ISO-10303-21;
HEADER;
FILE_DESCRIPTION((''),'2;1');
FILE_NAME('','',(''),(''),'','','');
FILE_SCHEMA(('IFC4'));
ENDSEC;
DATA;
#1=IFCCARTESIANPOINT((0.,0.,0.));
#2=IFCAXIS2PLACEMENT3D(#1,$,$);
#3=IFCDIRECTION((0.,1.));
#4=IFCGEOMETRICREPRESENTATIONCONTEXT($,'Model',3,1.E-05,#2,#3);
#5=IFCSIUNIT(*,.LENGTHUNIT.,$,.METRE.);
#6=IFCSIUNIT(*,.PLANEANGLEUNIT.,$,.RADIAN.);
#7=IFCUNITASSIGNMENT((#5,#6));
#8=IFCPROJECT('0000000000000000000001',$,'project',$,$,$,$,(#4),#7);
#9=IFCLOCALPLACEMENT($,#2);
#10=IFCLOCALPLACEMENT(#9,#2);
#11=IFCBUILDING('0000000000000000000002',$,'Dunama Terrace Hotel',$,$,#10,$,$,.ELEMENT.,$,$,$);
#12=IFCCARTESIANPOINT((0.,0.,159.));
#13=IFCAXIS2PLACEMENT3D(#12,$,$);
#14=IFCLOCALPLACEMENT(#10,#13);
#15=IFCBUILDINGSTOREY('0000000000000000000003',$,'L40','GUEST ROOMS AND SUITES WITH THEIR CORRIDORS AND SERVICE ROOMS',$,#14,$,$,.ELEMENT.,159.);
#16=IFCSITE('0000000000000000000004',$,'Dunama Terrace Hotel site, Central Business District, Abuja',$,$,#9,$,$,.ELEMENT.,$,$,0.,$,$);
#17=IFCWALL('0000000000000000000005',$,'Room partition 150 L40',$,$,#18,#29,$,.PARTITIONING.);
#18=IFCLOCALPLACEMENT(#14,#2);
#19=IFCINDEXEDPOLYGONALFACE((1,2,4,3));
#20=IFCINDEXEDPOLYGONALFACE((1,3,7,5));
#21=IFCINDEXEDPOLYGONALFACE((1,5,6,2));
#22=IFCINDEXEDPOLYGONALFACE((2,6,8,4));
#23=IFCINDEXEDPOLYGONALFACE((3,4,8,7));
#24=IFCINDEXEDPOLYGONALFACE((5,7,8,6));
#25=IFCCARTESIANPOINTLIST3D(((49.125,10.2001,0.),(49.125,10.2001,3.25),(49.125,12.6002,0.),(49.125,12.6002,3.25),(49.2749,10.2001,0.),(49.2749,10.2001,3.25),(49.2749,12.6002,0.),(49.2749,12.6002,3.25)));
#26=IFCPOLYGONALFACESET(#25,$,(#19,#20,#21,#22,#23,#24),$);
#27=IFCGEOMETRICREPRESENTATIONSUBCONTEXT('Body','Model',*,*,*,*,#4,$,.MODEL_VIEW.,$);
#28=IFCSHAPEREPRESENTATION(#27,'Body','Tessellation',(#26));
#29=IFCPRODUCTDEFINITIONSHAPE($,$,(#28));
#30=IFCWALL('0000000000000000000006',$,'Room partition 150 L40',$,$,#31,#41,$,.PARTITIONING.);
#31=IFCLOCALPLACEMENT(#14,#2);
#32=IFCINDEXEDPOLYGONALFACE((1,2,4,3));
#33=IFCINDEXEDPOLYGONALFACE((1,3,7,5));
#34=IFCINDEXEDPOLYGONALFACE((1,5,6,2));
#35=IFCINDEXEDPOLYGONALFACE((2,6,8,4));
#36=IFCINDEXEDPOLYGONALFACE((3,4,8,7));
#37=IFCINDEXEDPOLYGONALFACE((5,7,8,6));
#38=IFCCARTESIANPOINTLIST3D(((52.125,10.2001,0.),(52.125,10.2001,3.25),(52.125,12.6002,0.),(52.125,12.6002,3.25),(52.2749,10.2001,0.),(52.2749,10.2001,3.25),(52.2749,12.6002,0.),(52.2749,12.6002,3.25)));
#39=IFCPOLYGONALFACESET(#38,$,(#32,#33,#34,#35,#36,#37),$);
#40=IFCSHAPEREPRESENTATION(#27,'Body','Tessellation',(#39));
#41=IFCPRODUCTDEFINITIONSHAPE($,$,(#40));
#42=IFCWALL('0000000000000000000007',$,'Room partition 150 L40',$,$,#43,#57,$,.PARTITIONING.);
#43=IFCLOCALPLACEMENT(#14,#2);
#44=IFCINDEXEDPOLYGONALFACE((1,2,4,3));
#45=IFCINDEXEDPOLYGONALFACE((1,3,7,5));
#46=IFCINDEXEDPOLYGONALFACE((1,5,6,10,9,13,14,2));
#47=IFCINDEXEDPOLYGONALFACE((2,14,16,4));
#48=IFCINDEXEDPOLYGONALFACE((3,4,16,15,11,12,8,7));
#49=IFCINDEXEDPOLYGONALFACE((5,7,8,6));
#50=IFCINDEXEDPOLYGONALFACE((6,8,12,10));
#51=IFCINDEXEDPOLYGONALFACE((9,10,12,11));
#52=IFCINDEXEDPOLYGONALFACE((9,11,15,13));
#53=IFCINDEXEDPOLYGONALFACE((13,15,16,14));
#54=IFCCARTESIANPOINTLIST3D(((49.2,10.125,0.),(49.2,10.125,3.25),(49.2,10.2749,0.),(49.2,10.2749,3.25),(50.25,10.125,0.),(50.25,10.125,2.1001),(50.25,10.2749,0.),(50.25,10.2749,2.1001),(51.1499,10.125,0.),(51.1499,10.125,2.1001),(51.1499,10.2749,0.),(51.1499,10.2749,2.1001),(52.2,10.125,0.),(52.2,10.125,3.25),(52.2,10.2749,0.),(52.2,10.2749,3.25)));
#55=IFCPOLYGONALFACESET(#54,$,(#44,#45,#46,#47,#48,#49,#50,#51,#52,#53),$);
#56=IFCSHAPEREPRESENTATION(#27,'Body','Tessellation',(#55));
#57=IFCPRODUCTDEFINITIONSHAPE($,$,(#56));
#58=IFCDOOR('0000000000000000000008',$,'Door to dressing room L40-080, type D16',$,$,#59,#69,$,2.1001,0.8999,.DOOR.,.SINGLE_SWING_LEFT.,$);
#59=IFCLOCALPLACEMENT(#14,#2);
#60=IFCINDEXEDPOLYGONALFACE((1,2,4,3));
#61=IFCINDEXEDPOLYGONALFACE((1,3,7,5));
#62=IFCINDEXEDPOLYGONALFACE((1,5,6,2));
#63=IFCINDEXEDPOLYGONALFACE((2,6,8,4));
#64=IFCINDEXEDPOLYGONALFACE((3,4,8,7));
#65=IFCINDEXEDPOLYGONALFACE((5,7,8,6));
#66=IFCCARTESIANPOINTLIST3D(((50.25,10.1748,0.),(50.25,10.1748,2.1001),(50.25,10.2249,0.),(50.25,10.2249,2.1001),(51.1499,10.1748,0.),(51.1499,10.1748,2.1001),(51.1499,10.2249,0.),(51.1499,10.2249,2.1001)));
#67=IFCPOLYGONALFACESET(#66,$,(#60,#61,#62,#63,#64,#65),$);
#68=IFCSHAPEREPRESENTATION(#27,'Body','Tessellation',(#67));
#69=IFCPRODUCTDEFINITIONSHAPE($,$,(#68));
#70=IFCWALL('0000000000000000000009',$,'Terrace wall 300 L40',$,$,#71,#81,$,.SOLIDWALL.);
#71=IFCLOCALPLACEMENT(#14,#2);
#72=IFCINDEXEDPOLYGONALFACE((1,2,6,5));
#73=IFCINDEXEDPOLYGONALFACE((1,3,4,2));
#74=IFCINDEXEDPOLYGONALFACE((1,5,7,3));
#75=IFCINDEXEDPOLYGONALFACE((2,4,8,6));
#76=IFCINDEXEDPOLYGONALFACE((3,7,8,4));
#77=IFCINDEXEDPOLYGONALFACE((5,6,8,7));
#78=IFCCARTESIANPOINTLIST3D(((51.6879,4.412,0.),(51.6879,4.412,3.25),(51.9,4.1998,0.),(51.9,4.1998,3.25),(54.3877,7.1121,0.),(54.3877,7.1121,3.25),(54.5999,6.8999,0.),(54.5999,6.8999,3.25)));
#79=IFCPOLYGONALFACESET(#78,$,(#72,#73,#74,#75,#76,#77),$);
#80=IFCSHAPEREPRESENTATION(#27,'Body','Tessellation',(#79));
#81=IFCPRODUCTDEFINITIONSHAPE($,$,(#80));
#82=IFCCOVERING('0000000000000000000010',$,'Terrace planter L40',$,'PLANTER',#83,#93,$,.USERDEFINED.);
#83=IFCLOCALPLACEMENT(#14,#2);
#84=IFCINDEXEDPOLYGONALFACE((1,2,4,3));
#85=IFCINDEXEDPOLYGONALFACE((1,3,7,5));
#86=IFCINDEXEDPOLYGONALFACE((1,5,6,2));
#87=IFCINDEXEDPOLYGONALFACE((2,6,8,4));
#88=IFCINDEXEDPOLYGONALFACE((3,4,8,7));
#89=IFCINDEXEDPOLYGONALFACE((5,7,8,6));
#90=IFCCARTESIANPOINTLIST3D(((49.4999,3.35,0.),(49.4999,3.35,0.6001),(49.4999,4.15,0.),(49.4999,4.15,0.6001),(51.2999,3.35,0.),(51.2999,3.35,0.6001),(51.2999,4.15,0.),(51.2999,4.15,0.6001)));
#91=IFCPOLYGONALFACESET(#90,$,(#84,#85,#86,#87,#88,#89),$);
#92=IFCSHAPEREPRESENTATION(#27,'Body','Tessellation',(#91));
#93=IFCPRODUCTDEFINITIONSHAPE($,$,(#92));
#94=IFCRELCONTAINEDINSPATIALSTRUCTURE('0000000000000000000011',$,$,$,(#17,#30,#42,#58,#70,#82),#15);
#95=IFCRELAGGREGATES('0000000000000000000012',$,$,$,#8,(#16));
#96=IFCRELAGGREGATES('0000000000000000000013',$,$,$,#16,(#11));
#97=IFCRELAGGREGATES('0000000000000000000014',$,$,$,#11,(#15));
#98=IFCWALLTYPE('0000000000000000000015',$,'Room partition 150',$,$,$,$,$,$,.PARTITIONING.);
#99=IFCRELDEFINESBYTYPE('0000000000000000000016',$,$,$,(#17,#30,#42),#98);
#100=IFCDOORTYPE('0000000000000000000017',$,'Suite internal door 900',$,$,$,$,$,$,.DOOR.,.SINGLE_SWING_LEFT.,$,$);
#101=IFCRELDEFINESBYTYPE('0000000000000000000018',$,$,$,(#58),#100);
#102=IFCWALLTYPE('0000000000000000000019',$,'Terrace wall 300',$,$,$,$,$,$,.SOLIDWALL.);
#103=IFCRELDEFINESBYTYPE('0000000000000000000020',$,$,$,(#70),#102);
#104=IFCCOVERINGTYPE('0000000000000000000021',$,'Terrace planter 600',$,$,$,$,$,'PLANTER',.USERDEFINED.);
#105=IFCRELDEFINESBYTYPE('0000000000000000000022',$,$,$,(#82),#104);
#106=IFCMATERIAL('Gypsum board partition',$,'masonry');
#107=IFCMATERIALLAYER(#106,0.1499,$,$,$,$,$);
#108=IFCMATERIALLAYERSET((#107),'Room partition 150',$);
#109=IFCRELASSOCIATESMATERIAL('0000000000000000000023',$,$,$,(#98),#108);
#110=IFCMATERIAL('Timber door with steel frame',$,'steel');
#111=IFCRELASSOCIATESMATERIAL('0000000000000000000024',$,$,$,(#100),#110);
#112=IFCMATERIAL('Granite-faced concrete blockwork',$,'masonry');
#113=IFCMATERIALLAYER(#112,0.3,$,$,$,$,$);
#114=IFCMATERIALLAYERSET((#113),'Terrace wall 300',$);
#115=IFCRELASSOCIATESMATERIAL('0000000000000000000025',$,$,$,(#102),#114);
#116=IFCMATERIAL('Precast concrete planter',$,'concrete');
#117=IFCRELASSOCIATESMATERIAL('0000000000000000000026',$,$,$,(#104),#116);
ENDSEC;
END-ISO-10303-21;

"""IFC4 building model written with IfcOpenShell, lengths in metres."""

from ifc_helpers import new_model, si_unit, direction, frame, frame_2d, origin, origin_2d, place, context, subcontext, project, spatial, rectangle, extrude, material, layer, layer_set, type_object, element, fill, save


model = new_model("IFC4")

# Units and contexts
model_context = context("Model", 3, precision=1e-05, world=origin(), true_north=direction((0.0, 1.0)))
body_context = subcontext(model_context, "Body", "Model", "MODEL_VIEW")
ifc_project = project(units=[si_unit("LENGTHUNIT", "METRE"), si_unit("PLANEANGLEUNIT", "RADIAN")], contexts=[model_context])

# Site, building, storey
site_placement = place(None, origin())
site = spatial("IfcSite", under=ifc_project, at=site_placement, Name="Dunama Terrace Hotel site, Central Business District, Abuja", CompositionType="ELEMENT", RefElevation=0.0)
building_placement = place(site_placement, origin())
building = spatial("IfcBuilding", under=site, at=building_placement, Name="Dunama Terrace Hotel", CompositionType="ELEMENT")
storey_placement = place(building_placement, frame((0.0, 0.0, 159.0)))
storey = spatial("IfcBuildingStorey", under=building, at=storey_placement, Name="L40", Description="GUEST ROOMS AND SUITES WITH THEIR CORRIDORS AND SERVICE ROOMS", CompositionType="ELEMENT", Elevation=159.0)

# Walls
ifc_material_1 = material(Name="Gypsum board partition", Category="masonry")
ifc_layer_1 = layer(ifc_material_1, 0.1499)
ifc_layer_set_1 = layer_set([ifc_layer_1], Name="Room partition 150")
wall_type_1 = type_object("IfcWallType", Name="Room partition 150", PredefinedType="PARTITIONING", material=ifc_layer_set_1)
for number, where, z_axis, x_axis, name in (
    (1, (49.2, 10.2, 0.0), (0.0, 0.0, 1.0), (0.0, 1.0, 0.0), "Room partition 150 L40"),
    (2, (52.2, 10.2, 0.0), (0.0, 0.0, 1.0), (0.0, 1.0, 0.0), "Room partition 150 L40"),
):
    element("IfcWall", number, at=place(storey_placement, frame(where, z_axis=z_axis, x_axis=x_axis)), inside=storey, type_object=wall_type_1, Name=name, PredefinedType="PARTITIONING", context=body_context, shape_type="SweptSolid", body=[
        extrude(rectangle(XDim=2.4001, YDim=0.1499, at=frame_2d((1.2002, 0.0))), origin(), (0.0, 0.0, 1.0), 3.25),
    ])

# Wall, opening, door
wall_1_placement = place(storey_placement, frame((49.2, 10.2, 0.0), z_axis=(0.0, 0.0, 1.0), x_axis=(1.0, 0.0, 0.0)))
wall_1 = element("IfcWall", 3, at=wall_1_placement, inside=storey, type_object=wall_type_1, Name="Room partition 150 L40", PredefinedType="PARTITIONING", context=body_context, shape_type="SweptSolid", body=[
    extrude(rectangle(XDim=3.0, YDim=0.1499, at=frame_2d((1.5, 0.0))), origin(), (0.0, 0.0, 1.0), 3.25),
])
opening_placement = place(wall_1_placement, frame((1.05, 0.0, 0.0)))
opening = element("IfcOpeningElement", 4, at=opening_placement, cuts=wall_1, PredefinedType="OPENING", context=body_context, shape_type="SweptSolid", body=[
    extrude(rectangle(XDim=0.8999, YDim=2.1001, at=frame_2d((0.45, 1.05))), frame((0.0, 0.085, 0.0), z_axis=(0.0, -1.0, 0.0), x_axis=(1.0, 0.0, 0.0)), (0.0, 0.0, 1.0), 0.1699),
])
ifc_material_2 = material(Name="Timber door with steel frame", Category="steel")
door_type = type_object("IfcDoorType", Name="Suite internal door 900", OperationType="SINGLE_SWING_LEFT", PredefinedType="DOOR", material=ifc_material_2)
door_placement = place(opening_placement, origin())
door = element("IfcDoor", 5, at=door_placement, inside=storey, type_object=door_type, Name="Door to dressing room L40-080, type D16", OperationType="SINGLE_SWING_LEFT", OverallHeight=2.1001, OverallWidth=0.8999, PredefinedType="DOOR", context=body_context, shape_type="SweptSolid", body=[
    extrude(rectangle(XDim=0.8999, YDim=2.1001, at=frame_2d((0.45, 1.05))), frame((0.0, 0.0249, 0.0), z_axis=(0.0, -1.0, 0.0), x_axis=(1.0, 0.0, 0.0)), (0.0, 0.0, 1.0), 0.05),
])
fill(opening, door)

# Wall
ifc_material_3 = material(Name="Granite-faced concrete blockwork", Category="masonry")
ifc_layer_2 = layer(ifc_material_3, 0.3)
ifc_layer_set_2 = layer_set([ifc_layer_2], Name="Terrace wall 300")
wall_type_2 = type_object("IfcWallType", Name="Terrace wall 300", PredefinedType="SOLIDWALL", material=ifc_layer_set_2)
wall_2_placement = place(storey_placement, frame((51.7939, 4.3059, 0.0), z_axis=(0.0, 0.0, 1.0), x_axis=(0.707075, 0.707139, 0.0)))
element("IfcWall", 6, at=wall_2_placement, inside=storey, type_object=wall_type_2, Name="Terrace wall 300 L40", PredefinedType="SOLIDWALL", context=body_context, shape_type="SweptSolid", body=[
    extrude(rectangle(XDim=3.8184, YDim=0.3, at=frame_2d((1.9092, 0.0))), origin(), (0.0, 0.0, 1.0), 3.25),
])

# Covering
ifc_material_4 = material(Name="Precast concrete planter", Category="concrete")
covering_type = type_object("IfcCoveringType", Name="Terrace planter 600", ElementType="PLANTER", PredefinedType="USERDEFINED", material=ifc_material_4)
covering_placement = place(storey_placement, frame((50.3999, 3.75, 0.0), z_axis=(0.0, 0.0, 1.0), x_axis=(1.0, 0.0, 0.0)))
element("IfcCovering", 7, at=covering_placement, inside=storey, type_object=covering_type, Name="Terrace planter L40", ObjectType="PLANTER", PredefinedType="USERDEFINED", context=body_context, shape_type="SweptSolid", body=[
    extrude(rectangle(XDim=1.8, YDim=0.8, at=origin_2d()), origin(), (0.0, 0.0, 1.0), 0.6001),
])

save(model, "model.ifc")
